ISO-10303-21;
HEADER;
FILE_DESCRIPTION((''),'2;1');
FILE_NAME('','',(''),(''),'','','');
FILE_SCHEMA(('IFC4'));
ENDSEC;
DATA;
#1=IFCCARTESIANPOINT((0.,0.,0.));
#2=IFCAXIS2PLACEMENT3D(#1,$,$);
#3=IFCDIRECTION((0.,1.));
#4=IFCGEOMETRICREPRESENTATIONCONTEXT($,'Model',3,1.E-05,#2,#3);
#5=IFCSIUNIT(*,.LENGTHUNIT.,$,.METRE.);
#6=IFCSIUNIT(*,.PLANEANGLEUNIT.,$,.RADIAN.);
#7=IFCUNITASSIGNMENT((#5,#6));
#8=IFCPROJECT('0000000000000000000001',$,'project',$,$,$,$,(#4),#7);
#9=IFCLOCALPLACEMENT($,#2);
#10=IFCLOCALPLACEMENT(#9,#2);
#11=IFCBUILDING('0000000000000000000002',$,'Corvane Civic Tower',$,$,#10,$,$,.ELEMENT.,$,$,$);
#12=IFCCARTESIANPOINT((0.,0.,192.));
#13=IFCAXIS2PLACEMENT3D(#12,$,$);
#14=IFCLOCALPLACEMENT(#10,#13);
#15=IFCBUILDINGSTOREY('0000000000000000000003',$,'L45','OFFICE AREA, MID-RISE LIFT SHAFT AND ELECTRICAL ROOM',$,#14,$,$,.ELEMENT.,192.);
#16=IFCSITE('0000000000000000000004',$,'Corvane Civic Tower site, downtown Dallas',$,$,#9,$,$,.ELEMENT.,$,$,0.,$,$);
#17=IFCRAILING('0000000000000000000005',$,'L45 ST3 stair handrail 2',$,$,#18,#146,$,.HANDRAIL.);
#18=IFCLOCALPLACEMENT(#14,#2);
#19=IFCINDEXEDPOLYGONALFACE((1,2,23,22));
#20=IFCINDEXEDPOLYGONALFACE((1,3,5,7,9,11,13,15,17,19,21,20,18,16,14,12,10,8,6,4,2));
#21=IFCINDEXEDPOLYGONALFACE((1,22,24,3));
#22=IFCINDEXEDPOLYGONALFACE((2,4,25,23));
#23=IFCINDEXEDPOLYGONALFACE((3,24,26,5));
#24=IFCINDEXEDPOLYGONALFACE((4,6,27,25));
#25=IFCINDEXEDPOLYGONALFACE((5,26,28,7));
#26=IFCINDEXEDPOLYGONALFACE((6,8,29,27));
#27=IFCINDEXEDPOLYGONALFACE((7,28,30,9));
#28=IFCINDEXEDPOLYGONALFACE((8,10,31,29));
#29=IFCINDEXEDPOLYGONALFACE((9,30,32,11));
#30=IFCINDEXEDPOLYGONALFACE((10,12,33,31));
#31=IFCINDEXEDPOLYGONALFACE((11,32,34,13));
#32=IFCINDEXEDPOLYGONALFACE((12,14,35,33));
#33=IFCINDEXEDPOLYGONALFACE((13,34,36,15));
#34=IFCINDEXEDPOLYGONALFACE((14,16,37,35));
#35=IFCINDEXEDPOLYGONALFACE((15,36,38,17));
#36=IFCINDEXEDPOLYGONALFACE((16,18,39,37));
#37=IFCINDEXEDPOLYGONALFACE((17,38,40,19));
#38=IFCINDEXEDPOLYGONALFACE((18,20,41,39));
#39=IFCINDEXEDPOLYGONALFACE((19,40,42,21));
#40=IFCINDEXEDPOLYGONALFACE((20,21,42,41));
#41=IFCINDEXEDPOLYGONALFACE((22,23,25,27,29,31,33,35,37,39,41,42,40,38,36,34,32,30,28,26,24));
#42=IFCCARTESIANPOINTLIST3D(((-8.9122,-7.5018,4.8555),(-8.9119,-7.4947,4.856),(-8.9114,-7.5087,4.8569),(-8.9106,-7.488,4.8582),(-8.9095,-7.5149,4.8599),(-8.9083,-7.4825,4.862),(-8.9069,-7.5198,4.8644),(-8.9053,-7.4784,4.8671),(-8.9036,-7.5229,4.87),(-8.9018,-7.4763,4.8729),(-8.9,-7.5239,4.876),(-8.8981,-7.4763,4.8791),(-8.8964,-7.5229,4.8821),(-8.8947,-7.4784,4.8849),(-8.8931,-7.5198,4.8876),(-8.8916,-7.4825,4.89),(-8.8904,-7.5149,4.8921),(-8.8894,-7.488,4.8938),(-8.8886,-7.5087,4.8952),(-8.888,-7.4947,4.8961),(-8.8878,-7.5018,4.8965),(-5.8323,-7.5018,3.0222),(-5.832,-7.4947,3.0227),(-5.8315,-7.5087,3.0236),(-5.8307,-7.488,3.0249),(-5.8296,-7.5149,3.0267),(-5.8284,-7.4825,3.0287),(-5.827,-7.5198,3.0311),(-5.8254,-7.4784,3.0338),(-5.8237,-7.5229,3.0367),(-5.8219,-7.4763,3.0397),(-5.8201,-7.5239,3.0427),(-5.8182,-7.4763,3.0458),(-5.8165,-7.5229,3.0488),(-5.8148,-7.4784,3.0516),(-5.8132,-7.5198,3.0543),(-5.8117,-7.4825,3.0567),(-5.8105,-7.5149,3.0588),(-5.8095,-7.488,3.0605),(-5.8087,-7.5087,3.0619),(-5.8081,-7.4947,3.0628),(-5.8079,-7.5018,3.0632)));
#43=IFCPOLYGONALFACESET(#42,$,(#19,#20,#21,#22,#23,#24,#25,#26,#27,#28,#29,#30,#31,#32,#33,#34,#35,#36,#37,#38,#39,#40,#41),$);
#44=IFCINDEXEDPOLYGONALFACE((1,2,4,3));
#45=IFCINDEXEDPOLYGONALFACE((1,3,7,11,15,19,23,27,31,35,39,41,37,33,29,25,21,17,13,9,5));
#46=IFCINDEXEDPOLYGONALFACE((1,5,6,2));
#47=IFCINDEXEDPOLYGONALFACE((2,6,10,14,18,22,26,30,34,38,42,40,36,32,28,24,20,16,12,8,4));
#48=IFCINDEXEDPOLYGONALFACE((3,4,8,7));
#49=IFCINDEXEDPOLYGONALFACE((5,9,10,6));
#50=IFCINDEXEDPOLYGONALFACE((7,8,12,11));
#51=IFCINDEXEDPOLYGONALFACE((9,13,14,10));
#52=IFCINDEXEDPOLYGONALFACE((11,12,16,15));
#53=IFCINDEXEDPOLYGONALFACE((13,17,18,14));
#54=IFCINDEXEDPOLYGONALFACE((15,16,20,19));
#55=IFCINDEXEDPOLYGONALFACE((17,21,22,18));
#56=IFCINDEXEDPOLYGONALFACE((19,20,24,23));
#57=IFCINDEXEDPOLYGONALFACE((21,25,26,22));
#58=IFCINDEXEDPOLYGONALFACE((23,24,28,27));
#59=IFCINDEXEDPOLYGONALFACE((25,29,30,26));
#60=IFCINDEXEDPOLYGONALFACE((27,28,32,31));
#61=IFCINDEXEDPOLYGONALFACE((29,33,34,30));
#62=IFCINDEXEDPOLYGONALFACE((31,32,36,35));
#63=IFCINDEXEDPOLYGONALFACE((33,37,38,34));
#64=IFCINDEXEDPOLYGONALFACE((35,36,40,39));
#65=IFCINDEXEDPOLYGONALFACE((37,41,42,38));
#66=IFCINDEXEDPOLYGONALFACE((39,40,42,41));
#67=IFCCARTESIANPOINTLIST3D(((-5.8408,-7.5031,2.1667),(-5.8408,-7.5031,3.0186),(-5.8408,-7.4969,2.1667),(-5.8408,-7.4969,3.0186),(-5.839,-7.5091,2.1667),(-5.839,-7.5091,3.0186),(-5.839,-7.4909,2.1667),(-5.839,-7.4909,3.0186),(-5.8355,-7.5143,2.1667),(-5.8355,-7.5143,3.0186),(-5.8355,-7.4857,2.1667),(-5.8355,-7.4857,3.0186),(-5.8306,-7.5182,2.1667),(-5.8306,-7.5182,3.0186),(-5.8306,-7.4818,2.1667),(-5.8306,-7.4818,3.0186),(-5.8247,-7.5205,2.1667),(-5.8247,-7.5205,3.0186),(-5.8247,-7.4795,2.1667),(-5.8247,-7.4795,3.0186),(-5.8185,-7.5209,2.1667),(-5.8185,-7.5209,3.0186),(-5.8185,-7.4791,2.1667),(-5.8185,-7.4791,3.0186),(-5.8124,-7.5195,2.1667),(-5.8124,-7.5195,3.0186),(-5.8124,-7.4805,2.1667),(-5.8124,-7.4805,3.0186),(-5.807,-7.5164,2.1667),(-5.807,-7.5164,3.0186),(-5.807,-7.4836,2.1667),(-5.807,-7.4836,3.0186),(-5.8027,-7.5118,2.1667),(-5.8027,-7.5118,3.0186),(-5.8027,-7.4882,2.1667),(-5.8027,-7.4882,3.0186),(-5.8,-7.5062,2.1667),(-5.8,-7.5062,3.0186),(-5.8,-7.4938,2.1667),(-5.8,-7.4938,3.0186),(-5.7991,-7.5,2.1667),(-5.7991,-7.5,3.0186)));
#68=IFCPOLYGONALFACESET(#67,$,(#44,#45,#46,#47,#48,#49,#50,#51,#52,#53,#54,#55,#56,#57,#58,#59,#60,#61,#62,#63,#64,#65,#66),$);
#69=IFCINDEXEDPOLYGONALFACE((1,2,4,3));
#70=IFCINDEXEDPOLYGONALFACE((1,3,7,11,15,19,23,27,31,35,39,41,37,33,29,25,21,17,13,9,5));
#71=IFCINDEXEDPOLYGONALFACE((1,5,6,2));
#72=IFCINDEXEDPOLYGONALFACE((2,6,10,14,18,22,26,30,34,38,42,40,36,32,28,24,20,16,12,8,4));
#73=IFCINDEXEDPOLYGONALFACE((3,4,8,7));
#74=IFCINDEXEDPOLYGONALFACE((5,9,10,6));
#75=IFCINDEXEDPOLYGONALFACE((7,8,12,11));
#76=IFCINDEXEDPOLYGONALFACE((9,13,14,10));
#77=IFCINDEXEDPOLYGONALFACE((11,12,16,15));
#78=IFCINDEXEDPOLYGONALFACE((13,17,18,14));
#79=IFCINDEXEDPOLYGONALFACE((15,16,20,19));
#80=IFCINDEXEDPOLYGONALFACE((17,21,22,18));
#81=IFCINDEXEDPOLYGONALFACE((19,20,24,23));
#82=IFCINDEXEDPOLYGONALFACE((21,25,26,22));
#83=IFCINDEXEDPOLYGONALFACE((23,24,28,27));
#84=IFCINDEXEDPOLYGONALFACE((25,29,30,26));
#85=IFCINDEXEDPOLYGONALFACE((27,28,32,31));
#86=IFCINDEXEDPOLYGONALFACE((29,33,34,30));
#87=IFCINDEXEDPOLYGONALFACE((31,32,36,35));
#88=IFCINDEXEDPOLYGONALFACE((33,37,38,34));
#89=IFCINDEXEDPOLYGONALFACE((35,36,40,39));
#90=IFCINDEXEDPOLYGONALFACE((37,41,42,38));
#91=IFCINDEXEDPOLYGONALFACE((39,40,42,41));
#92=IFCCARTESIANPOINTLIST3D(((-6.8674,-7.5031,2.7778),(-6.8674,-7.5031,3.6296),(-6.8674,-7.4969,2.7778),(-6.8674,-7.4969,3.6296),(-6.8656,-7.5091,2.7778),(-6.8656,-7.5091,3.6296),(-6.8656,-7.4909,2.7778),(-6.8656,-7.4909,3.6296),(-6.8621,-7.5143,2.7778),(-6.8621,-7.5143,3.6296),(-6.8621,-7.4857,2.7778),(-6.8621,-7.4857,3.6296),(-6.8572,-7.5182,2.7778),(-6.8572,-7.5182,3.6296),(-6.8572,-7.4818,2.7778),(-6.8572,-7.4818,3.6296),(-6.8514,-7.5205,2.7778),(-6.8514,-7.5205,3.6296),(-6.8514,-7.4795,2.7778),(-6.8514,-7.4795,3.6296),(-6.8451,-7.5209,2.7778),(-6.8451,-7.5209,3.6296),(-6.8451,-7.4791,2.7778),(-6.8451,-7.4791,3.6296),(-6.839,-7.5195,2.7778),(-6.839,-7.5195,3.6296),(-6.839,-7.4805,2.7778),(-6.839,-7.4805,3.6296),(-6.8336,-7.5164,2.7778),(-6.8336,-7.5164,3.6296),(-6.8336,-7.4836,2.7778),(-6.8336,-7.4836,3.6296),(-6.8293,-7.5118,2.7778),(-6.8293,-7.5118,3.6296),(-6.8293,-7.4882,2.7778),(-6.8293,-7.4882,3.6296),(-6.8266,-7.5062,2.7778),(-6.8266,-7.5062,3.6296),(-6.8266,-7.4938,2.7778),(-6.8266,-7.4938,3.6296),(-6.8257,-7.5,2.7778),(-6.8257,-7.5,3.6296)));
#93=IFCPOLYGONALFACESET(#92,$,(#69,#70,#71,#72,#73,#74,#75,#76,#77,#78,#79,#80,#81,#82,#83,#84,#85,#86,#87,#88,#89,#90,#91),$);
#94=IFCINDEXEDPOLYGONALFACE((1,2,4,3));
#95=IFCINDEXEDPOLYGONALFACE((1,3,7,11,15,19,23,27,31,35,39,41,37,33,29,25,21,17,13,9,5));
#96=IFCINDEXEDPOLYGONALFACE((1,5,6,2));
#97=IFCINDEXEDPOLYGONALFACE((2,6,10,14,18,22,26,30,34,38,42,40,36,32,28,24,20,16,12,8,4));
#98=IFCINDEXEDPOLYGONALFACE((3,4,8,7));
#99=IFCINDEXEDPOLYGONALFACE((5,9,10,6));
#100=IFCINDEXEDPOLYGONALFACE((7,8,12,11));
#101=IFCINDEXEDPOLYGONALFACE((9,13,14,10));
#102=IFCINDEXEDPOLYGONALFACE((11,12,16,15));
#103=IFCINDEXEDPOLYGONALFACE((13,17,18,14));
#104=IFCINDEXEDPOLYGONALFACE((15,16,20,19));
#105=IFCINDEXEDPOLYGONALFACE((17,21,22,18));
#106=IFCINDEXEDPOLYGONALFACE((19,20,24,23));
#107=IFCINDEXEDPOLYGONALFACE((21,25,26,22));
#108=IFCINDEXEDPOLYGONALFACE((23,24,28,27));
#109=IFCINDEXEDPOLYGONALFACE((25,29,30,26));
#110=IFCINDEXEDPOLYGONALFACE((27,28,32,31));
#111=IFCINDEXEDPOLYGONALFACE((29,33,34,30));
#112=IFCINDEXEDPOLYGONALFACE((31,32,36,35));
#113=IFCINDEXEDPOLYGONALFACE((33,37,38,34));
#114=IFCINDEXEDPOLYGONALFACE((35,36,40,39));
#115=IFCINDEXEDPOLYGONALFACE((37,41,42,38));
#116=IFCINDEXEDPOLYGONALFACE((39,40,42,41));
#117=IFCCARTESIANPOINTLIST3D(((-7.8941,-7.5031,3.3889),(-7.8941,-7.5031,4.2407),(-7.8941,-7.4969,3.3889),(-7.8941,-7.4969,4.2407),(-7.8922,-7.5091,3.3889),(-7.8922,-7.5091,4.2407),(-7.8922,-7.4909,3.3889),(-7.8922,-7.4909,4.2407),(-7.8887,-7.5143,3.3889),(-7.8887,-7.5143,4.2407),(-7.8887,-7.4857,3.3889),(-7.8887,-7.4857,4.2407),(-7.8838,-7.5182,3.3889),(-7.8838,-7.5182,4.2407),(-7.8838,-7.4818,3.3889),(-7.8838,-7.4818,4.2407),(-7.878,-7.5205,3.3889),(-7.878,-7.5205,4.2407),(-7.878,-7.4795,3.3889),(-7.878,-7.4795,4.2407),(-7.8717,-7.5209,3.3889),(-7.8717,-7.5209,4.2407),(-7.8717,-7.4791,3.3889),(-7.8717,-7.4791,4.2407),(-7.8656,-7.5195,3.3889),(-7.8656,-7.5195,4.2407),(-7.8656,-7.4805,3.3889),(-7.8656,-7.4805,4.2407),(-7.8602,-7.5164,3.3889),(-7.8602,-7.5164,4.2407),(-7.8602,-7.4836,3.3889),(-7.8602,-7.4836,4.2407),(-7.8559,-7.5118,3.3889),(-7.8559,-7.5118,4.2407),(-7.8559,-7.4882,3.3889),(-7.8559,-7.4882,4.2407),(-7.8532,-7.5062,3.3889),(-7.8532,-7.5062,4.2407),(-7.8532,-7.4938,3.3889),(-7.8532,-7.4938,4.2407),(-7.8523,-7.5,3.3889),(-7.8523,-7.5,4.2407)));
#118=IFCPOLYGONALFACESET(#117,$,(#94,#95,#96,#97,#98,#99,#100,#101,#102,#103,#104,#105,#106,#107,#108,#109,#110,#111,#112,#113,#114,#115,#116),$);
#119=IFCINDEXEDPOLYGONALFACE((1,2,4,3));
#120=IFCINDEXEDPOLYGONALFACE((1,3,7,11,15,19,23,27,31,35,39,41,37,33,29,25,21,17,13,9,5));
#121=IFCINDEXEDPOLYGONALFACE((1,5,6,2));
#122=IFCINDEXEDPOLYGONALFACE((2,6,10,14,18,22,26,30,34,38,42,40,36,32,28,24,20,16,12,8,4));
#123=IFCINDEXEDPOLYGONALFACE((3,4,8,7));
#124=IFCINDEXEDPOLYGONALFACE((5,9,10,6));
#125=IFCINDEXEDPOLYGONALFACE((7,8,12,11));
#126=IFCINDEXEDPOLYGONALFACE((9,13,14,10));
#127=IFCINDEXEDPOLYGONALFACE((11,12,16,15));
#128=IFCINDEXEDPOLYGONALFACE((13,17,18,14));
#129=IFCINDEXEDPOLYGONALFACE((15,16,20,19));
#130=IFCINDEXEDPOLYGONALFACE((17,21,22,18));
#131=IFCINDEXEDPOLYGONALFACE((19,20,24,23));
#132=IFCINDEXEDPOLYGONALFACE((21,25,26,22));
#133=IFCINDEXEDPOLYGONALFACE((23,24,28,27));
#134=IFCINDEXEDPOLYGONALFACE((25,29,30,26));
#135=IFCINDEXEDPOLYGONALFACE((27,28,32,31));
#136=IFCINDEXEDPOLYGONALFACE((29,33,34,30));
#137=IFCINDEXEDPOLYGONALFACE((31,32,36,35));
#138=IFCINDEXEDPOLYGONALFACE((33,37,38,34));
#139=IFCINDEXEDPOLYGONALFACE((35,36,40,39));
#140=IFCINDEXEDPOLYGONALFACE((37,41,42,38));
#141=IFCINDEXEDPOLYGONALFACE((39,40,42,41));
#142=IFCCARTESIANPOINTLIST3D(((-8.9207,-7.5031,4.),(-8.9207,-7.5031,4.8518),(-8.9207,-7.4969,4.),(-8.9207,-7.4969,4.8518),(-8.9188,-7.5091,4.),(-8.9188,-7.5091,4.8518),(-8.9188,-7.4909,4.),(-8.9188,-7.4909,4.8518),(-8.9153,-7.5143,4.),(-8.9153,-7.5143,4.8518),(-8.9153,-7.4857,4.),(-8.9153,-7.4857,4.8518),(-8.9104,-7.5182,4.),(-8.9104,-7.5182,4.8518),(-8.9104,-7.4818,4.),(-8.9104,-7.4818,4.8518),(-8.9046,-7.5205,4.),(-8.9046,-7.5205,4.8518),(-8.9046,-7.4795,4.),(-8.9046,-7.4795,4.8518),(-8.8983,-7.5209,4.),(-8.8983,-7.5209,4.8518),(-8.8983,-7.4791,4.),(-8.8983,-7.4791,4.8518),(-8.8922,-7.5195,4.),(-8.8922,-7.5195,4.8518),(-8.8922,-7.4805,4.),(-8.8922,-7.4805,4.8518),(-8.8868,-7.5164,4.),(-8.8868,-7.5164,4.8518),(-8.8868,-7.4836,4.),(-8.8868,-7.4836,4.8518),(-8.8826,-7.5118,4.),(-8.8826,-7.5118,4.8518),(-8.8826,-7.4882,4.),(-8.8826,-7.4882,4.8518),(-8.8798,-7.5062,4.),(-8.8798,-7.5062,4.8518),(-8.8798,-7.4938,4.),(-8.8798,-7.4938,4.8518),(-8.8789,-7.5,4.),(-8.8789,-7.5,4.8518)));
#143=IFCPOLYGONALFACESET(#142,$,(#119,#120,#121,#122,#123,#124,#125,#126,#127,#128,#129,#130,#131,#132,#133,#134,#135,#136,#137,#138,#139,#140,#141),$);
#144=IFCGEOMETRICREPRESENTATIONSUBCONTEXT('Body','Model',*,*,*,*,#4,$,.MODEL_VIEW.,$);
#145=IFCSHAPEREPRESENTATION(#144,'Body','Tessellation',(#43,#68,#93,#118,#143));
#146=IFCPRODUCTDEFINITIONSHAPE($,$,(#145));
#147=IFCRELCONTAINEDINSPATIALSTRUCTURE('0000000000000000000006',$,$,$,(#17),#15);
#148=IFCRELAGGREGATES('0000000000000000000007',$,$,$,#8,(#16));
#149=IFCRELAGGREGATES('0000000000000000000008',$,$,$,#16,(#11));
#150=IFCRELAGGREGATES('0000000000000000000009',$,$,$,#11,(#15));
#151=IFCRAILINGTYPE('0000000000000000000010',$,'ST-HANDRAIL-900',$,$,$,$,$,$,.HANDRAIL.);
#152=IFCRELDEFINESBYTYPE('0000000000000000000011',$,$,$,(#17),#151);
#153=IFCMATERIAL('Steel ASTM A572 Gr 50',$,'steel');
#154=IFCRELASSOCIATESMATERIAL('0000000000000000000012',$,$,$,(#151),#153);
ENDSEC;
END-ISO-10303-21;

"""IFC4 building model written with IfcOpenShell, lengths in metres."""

from ifc_helpers import new_model, si_unit, direction, frame, origin, origin_2d, place, context, subcontext, project, spatial, circle, extrude, material, type_object, element, save


model = new_model("IFC4")

# Units and contexts
model_context = context("Model", 3, precision=1e-05, world=origin(), true_north=direction((0.0, 1.0)))
body_context = subcontext(model_context, "Body", "Model", "MODEL_VIEW")
ifc_project = project(units=[si_unit("LENGTHUNIT", "METRE"), si_unit("PLANEANGLEUNIT", "RADIAN")], contexts=[model_context])

# Site, building, storey
site_placement = place(None, origin())
site = spatial("IfcSite", under=ifc_project, at=site_placement, Name="Corvane Civic Tower site, downtown Dallas", CompositionType="ELEMENT", RefElevation=0.0)
building_placement = place(site_placement, origin())
building = spatial("IfcBuilding", under=site, at=building_placement, Name="Corvane Civic Tower", CompositionType="ELEMENT")
storey_placement = place(building_placement, frame((0.0, 0.0, 192.0)))
storey = spatial("IfcBuildingStorey", under=building, at=storey_placement, Name="L45", Description="OFFICE AREA, MID-RISE LIFT SHAFT AND ELECTRICAL ROOM", CompositionType="ELEMENT", Elevation=192.0)

# Railing
ifc_material_1 = material(Name="Steel ASTM A572 Gr 50", Category="steel")
railing_type_1 = type_object("IfcRailingType", Name="ST-HANDRAIL-900", PredefinedType="HANDRAIL", material=ifc_material_1)
railing_1_placement = place(storey_placement, frame((-5.8201, -7.5, 2.1667)))
element("IfcRailing", 1, at=railing_1_placement, inside=storey, type_object=railing_type_1, Name="L45 ST3 stair handrail 2", PredefinedType="HANDRAIL", context=body_context, shape_type="SweptSolid", body=[
    extrude(circle(Radius=0.0239, at=origin_2d()), frame((0.0, 0.0, 0.876), z_axis=(-0.859291, 0.0, 0.511487), x_axis=(0.0, -1.0, 0.0)), (0.0, 0.0, 1.0), 3.5842),
    extrude(circle(Radius=0.021, at=origin_2d()), origin(), (0.0, 0.0, 1.0), 0.8518),
    extrude(circle(Radius=0.021, at=origin_2d()), frame((-1.0266, 0.0, 0.6111)), (0.0, 0.0, 1.0), 0.8518),
    extrude(circle(Radius=0.021, at=origin_2d()), frame((-2.0532, 0.0, 1.2222)), (0.0, 0.0, 1.0), 0.8518),
    extrude(circle(Radius=0.021, at=origin_2d()), frame((-3.0798, 0.0, 1.8333)), (0.0, 0.0, 1.0), 0.8518),
])

save(model, "model.ifc")
